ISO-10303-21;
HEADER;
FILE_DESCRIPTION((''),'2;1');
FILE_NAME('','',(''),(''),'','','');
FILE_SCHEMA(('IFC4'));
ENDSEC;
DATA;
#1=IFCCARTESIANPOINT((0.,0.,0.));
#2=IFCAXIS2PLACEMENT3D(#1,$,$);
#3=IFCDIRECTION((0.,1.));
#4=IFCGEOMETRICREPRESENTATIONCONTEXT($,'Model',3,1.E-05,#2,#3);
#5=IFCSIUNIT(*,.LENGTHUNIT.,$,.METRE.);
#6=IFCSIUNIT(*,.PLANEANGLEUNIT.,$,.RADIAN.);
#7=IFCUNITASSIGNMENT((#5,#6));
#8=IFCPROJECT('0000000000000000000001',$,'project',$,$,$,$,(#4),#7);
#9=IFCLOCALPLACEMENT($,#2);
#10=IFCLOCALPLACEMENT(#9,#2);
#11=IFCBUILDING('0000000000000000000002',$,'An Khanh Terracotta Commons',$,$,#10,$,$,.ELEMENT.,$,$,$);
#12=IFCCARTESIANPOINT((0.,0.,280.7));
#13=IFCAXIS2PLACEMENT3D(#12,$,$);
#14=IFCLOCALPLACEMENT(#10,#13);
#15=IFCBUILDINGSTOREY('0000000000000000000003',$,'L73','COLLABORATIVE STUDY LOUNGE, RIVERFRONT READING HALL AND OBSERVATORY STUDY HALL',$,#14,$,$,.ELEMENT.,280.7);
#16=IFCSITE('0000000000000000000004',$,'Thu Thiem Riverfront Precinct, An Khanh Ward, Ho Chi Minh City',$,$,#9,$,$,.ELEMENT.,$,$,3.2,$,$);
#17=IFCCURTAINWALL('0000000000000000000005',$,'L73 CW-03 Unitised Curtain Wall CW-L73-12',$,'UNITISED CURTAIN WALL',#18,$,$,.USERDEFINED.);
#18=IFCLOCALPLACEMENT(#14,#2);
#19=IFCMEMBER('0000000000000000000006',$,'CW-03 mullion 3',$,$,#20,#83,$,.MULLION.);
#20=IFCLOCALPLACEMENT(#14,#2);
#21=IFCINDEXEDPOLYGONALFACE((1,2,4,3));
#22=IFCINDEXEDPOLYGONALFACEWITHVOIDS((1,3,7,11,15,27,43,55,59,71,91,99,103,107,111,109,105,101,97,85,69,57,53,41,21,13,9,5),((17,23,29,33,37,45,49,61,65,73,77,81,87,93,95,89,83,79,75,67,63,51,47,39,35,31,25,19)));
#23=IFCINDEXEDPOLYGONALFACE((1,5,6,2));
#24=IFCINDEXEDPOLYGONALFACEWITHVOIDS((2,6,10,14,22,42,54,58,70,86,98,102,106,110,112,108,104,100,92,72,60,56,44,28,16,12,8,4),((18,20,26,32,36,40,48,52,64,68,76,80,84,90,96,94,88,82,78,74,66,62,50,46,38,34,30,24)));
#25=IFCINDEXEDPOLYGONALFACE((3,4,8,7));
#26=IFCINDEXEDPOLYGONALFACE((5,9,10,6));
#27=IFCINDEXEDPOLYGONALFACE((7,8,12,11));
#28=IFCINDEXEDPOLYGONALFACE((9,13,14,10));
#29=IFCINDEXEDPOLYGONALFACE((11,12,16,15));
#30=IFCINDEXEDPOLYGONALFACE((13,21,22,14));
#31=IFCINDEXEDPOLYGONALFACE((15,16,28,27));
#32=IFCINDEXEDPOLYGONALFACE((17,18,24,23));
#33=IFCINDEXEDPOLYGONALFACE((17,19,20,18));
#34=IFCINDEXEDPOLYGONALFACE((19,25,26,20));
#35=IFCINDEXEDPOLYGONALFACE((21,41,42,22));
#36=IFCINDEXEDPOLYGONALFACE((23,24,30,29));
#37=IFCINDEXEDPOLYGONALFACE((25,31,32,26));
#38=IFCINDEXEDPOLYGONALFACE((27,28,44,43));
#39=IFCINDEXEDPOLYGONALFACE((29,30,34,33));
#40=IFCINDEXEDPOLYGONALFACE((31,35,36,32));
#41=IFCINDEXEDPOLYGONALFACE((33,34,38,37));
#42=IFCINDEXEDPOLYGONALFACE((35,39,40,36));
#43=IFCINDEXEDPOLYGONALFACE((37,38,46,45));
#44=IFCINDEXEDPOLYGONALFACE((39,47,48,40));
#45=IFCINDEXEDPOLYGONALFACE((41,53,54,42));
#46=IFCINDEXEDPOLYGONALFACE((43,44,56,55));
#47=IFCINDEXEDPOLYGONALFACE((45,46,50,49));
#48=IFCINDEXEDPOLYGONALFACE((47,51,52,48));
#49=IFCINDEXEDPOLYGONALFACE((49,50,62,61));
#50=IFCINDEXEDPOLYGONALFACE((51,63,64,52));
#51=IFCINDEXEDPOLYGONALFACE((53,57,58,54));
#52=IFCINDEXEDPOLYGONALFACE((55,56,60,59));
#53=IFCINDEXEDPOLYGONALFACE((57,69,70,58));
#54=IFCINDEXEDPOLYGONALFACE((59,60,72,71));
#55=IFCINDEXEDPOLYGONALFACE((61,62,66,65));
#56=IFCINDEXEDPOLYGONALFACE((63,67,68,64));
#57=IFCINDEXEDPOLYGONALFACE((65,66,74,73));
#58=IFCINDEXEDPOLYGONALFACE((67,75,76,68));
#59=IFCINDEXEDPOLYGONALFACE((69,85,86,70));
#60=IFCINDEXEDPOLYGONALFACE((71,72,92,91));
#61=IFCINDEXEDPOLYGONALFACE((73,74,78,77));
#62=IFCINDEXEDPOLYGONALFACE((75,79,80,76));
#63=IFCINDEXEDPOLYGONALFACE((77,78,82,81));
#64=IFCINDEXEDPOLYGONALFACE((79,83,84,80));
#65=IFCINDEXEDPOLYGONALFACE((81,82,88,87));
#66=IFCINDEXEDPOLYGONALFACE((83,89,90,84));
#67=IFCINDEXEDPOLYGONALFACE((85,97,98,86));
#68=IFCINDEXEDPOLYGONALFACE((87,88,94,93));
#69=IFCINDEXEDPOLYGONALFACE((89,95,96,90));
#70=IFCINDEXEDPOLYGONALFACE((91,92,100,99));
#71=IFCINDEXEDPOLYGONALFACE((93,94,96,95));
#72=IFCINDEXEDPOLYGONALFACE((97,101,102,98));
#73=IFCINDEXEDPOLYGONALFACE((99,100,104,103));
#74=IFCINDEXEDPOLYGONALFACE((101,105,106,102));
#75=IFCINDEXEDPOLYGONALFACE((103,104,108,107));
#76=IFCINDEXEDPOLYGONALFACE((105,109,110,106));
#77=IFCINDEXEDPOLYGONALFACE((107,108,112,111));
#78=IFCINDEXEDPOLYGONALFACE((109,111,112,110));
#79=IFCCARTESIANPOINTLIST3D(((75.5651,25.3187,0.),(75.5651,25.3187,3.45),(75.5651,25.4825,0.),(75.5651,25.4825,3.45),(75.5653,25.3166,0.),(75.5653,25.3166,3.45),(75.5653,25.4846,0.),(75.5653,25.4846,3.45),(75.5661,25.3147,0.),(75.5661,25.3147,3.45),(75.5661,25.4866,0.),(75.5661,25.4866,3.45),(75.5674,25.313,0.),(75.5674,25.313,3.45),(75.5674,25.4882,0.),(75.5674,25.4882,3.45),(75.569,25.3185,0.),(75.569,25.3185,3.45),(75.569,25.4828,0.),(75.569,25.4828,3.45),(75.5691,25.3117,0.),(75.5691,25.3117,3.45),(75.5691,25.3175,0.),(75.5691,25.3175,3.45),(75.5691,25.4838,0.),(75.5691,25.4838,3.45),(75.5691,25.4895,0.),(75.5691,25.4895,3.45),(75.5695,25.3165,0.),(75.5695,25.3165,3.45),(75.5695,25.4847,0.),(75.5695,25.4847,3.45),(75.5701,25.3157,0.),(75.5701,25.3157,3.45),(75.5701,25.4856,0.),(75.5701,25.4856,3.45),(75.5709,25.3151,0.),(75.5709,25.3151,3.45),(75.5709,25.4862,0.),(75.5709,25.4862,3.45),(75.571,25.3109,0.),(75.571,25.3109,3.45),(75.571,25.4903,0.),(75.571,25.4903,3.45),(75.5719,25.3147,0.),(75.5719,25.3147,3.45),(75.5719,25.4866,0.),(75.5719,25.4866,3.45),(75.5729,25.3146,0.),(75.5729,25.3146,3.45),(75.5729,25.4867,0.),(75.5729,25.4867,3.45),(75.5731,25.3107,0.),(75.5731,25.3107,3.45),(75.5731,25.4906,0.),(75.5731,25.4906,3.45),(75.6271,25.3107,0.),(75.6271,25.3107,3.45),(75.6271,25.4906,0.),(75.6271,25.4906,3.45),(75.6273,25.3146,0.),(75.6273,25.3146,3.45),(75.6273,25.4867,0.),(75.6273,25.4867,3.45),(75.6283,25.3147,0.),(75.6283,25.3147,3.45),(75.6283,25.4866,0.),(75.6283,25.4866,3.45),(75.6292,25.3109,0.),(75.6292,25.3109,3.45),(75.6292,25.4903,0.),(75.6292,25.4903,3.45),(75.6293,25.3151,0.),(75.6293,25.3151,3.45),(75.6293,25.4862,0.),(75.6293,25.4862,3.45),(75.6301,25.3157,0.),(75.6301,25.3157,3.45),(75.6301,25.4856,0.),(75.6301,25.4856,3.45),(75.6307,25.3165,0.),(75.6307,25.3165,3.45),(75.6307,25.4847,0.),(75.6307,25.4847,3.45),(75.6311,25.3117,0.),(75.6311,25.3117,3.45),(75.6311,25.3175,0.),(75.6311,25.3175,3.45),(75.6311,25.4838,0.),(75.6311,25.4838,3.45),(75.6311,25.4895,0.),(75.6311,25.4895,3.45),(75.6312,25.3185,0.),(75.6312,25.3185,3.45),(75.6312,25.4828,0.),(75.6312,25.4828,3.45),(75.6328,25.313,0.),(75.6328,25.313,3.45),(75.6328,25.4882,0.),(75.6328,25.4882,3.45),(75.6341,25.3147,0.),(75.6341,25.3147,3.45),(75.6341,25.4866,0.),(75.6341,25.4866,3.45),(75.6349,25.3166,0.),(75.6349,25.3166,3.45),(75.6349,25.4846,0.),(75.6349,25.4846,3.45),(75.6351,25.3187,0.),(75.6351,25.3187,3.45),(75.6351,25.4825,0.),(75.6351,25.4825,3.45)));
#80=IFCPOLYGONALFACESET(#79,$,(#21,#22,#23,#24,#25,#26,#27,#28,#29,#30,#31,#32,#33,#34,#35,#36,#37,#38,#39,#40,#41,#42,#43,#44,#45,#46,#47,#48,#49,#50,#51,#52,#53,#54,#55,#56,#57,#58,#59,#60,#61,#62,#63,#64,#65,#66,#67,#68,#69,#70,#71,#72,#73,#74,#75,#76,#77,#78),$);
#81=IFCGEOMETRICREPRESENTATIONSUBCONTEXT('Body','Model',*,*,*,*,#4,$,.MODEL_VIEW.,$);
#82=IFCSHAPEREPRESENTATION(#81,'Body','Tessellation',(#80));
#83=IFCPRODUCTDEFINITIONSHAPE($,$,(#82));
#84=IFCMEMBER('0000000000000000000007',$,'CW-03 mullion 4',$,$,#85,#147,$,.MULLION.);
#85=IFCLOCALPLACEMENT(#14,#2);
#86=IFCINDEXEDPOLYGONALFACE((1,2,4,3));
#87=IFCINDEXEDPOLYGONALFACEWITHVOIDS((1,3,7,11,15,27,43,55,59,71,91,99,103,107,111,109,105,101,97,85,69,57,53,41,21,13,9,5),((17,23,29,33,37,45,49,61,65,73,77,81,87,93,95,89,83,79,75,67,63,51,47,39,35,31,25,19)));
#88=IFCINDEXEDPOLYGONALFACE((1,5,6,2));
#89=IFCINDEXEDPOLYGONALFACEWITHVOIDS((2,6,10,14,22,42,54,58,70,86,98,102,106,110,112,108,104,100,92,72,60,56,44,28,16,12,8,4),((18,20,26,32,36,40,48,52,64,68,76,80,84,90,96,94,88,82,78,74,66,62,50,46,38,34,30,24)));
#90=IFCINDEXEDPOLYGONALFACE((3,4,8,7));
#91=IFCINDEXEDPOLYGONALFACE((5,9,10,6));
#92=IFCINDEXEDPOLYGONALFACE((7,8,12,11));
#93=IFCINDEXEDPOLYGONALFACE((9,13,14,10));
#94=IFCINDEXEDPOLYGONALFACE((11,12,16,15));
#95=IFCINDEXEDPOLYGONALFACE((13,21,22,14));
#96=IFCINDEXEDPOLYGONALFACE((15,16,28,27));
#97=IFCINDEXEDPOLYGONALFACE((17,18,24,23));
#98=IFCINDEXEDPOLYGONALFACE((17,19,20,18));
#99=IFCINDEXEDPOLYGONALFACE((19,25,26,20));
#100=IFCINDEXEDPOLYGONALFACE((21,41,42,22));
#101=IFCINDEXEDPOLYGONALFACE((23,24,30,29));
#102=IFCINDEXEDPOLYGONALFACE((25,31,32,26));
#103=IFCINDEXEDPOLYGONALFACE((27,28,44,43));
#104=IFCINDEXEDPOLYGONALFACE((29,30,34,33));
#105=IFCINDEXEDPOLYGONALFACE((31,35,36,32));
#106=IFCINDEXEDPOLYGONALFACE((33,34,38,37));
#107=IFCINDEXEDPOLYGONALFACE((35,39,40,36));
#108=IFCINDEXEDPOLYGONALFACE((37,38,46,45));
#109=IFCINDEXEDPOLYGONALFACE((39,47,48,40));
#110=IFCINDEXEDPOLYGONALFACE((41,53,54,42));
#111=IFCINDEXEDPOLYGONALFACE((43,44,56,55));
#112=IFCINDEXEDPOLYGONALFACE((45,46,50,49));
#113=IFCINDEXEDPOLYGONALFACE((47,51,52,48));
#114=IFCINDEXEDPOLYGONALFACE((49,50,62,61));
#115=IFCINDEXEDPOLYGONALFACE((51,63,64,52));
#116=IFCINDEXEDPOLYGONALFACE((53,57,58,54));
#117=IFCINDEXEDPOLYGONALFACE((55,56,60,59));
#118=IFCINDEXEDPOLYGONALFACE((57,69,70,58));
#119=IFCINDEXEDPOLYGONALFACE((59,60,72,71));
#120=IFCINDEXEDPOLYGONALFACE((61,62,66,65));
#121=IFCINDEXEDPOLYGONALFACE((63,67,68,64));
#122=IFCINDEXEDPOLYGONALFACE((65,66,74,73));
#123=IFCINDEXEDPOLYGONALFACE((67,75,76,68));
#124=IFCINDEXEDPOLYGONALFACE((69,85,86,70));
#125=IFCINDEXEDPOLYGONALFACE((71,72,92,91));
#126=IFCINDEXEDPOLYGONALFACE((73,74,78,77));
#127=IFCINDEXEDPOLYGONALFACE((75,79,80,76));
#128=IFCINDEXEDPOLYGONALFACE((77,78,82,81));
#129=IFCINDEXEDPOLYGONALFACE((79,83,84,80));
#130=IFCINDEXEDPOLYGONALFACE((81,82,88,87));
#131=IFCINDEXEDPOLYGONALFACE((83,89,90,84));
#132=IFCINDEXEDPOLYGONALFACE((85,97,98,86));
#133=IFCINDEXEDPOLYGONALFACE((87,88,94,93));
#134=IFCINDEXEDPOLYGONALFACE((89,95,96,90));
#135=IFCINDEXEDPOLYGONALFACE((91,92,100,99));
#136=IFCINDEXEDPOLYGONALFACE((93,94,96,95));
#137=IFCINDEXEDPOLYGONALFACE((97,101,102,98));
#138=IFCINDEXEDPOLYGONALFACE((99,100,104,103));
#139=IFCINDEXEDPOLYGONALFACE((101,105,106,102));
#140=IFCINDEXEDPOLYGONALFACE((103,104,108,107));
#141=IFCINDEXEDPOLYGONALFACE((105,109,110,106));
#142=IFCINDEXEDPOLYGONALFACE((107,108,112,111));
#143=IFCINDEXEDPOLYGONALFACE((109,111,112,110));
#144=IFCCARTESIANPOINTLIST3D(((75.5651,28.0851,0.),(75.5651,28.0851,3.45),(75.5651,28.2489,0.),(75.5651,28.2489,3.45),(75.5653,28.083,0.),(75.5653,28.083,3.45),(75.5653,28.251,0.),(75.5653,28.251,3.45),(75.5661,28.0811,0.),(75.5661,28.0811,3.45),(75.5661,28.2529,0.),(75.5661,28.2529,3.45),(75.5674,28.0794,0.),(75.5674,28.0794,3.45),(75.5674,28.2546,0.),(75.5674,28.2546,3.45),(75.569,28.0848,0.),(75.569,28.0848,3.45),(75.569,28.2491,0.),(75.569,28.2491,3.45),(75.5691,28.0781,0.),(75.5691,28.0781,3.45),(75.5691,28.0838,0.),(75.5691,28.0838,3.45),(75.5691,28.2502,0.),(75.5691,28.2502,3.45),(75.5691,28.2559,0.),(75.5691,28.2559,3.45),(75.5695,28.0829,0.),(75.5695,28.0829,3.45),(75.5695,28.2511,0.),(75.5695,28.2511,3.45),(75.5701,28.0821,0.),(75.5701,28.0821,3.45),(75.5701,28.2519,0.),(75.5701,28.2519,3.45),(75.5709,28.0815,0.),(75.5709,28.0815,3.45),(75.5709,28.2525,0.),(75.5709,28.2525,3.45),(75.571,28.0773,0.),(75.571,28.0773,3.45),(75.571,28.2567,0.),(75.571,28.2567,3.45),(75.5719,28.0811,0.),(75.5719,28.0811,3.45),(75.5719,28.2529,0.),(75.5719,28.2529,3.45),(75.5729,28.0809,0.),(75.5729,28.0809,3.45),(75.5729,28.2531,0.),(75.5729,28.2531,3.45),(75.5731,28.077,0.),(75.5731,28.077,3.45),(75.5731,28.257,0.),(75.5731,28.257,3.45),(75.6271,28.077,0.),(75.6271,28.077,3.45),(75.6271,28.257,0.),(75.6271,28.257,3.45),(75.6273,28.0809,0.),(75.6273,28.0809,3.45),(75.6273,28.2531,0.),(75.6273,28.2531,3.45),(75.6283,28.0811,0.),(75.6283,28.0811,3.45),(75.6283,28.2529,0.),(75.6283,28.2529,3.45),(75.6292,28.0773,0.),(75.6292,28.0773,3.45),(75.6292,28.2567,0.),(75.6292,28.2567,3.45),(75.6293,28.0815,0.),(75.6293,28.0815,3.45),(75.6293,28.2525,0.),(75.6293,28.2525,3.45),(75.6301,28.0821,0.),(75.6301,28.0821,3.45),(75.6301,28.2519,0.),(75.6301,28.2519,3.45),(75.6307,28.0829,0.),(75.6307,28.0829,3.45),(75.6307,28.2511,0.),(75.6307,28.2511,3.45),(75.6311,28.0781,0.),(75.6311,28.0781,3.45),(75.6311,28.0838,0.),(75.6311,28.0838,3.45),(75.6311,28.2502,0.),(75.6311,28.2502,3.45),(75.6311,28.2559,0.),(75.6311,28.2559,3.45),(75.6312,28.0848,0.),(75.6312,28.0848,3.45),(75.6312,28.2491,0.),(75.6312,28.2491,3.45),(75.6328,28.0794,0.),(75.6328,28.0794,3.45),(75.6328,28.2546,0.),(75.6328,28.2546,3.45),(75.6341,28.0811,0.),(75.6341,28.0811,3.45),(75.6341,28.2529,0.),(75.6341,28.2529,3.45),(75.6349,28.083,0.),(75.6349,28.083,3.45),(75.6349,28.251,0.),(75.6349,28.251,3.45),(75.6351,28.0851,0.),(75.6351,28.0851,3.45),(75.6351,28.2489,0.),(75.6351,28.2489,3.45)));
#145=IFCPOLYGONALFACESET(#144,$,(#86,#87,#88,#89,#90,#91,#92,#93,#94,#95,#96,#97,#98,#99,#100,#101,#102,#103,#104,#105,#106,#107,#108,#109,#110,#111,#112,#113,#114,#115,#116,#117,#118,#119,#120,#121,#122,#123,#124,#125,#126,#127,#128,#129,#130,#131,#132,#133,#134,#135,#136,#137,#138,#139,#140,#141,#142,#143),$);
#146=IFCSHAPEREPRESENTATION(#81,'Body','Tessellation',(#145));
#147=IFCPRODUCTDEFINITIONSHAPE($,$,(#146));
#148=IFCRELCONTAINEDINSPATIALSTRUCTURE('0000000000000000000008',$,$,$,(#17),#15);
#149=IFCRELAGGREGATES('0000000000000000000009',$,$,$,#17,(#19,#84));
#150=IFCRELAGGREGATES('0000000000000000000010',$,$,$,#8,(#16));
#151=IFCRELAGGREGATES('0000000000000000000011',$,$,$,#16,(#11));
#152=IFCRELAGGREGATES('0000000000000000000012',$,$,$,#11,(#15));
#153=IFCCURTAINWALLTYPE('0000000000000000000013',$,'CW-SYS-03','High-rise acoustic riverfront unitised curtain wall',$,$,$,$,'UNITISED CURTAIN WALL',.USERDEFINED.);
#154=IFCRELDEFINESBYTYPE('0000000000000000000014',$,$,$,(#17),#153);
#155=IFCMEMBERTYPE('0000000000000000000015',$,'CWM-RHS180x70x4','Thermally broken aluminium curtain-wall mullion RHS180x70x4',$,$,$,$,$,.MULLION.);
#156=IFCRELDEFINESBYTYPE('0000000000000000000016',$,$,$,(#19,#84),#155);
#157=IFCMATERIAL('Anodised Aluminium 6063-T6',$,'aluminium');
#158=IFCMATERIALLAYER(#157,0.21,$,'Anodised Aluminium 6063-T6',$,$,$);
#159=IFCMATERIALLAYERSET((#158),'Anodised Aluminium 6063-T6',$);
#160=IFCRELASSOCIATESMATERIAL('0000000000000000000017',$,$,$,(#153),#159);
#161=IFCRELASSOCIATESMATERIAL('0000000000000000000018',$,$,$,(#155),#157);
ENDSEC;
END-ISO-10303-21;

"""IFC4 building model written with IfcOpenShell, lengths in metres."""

from ifc_helpers import new_model, si_unit, direction, frame, origin, origin_2d, place, context, subcontext, project, spatial, hollow_rectangle, extrude, material, layer, layer_set, material_profile, profile_set, type_object, element, aggregate, save


model = new_model("IFC4")

# Units and contexts
model_context = context("Model", 3, precision=1e-05, world=origin(), true_north=direction((0.0, 1.0)))
body_context = subcontext(model_context, "Body", "Model", "MODEL_VIEW")
ifc_project = project(units=[si_unit("LENGTHUNIT", "METRE"), si_unit("PLANEANGLEUNIT", "RADIAN")], contexts=[model_context])

# Site, building, storey
site_placement = place(None, origin())
site = spatial("IfcSite", under=ifc_project, at=site_placement, Name="Thu Thiem Riverfront Precinct, An Khanh Ward, Ho Chi Minh City", CompositionType="ELEMENT", RefElevation=3.2)
building_placement = place(site_placement, origin())
building = spatial("IfcBuilding", under=site, at=building_placement, Name="An Khanh Terracotta Commons", CompositionType="ELEMENT")
storey_placement = place(building_placement, frame((0.0, 0.0, 280.7)))
storey = spatial("IfcBuildingStorey", under=building, at=storey_placement, Name="L73", Description="COLLABORATIVE STUDY LOUNGE, RIVERFRONT READING HALL AND OBSERVATORY STUDY HALL", CompositionType="ELEMENT", Elevation=280.7)

# Curtain wall, members
ifc_material_1 = material(Name="Anodised Aluminium 6063-T6", Category="aluminium")
ifc_layer_1 = layer(ifc_material_1, 0.21, Name="Anodised Aluminium 6063-T6")
ifc_layer_set_1 = layer_set([ifc_layer_1], Name="Anodised Aluminium 6063-T6")
curtain_wall_type = type_object("IfcCurtainWallType", Name="CW-SYS-03", Description="High-rise acoustic riverfront unitised curtain wall", ElementType="UNITISED CURTAIN WALL", PredefinedType="USERDEFINED", material=ifc_layer_set_1)
curtain_wall_1_placement = place(storey_placement, origin())
curtain_wall_1 = element("IfcCurtainWall", 1, at=curtain_wall_1_placement, inside=storey, type_object=curtain_wall_type, Name="L73 CW-03 Unitised Curtain Wall CW-L73-12", ObjectType="UNITISED CURTAIN WALL", PredefinedType="USERDEFINED")
ifc_material_profile_1 = material_profile(ifc_material_1, hollow_rectangle(XDim=0.0701, YDim=0.1799, WallThickness=0.0039, InnerFilletRadius=0.0039, OuterFilletRadius=0.0081, at=origin_2d()), Name="RHS180x70x4")
ifc_profile_set_1 = profile_set([ifc_material_profile_1], Name="Anodised Aluminium 6063-T6")
member_type_1 = type_object("IfcMemberType", Name="CWM-RHS180x70x4", Description="Thermally broken aluminium curtain-wall mullion RHS180x70x4", PredefinedType="MULLION", material=ifc_profile_set_1)
member_1_placement = place(storey_placement, frame((75.6001, 25.4006, 0.0), z_axis=(0.0, 0.0, 1.0), x_axis=(-1.0, 0.0, 0.0)))
member_1 = element("IfcMember", 2, at=member_1_placement, type_object=member_type_1, Name="CW-03 mullion 3", PredefinedType="MULLION", context=body_context, shape_type="SweptSolid", body=[
    extrude(hollow_rectangle(XDim=0.0701, YDim=0.1799, WallThickness=0.0039, InnerFilletRadius=0.0039, OuterFilletRadius=0.0081, at=origin_2d()), origin(), (0.0, 0.0, 1.0), 3.45),
])
member_2_placement = place(storey_placement, frame((75.6001, 28.167, 0.0), z_axis=(0.0, 0.0, 1.0), x_axis=(-1.0, 0.0, 0.0)))
member_2 = element("IfcMember", 3, at=member_2_placement, type_object=member_type_1, Name="CW-03 mullion 4", PredefinedType="MULLION", context=body_context, shape_type="SweptSolid", body=[
    extrude(hollow_rectangle(XDim=0.0701, YDim=0.1799, WallThickness=0.0039, InnerFilletRadius=0.0039, OuterFilletRadius=0.0081, at=origin_2d()), origin(), (0.0, 0.0, 1.0), 3.45),
])

aggregate(curtain_wall_1, [member_1, member_2])

save(model, "model.ifc")
